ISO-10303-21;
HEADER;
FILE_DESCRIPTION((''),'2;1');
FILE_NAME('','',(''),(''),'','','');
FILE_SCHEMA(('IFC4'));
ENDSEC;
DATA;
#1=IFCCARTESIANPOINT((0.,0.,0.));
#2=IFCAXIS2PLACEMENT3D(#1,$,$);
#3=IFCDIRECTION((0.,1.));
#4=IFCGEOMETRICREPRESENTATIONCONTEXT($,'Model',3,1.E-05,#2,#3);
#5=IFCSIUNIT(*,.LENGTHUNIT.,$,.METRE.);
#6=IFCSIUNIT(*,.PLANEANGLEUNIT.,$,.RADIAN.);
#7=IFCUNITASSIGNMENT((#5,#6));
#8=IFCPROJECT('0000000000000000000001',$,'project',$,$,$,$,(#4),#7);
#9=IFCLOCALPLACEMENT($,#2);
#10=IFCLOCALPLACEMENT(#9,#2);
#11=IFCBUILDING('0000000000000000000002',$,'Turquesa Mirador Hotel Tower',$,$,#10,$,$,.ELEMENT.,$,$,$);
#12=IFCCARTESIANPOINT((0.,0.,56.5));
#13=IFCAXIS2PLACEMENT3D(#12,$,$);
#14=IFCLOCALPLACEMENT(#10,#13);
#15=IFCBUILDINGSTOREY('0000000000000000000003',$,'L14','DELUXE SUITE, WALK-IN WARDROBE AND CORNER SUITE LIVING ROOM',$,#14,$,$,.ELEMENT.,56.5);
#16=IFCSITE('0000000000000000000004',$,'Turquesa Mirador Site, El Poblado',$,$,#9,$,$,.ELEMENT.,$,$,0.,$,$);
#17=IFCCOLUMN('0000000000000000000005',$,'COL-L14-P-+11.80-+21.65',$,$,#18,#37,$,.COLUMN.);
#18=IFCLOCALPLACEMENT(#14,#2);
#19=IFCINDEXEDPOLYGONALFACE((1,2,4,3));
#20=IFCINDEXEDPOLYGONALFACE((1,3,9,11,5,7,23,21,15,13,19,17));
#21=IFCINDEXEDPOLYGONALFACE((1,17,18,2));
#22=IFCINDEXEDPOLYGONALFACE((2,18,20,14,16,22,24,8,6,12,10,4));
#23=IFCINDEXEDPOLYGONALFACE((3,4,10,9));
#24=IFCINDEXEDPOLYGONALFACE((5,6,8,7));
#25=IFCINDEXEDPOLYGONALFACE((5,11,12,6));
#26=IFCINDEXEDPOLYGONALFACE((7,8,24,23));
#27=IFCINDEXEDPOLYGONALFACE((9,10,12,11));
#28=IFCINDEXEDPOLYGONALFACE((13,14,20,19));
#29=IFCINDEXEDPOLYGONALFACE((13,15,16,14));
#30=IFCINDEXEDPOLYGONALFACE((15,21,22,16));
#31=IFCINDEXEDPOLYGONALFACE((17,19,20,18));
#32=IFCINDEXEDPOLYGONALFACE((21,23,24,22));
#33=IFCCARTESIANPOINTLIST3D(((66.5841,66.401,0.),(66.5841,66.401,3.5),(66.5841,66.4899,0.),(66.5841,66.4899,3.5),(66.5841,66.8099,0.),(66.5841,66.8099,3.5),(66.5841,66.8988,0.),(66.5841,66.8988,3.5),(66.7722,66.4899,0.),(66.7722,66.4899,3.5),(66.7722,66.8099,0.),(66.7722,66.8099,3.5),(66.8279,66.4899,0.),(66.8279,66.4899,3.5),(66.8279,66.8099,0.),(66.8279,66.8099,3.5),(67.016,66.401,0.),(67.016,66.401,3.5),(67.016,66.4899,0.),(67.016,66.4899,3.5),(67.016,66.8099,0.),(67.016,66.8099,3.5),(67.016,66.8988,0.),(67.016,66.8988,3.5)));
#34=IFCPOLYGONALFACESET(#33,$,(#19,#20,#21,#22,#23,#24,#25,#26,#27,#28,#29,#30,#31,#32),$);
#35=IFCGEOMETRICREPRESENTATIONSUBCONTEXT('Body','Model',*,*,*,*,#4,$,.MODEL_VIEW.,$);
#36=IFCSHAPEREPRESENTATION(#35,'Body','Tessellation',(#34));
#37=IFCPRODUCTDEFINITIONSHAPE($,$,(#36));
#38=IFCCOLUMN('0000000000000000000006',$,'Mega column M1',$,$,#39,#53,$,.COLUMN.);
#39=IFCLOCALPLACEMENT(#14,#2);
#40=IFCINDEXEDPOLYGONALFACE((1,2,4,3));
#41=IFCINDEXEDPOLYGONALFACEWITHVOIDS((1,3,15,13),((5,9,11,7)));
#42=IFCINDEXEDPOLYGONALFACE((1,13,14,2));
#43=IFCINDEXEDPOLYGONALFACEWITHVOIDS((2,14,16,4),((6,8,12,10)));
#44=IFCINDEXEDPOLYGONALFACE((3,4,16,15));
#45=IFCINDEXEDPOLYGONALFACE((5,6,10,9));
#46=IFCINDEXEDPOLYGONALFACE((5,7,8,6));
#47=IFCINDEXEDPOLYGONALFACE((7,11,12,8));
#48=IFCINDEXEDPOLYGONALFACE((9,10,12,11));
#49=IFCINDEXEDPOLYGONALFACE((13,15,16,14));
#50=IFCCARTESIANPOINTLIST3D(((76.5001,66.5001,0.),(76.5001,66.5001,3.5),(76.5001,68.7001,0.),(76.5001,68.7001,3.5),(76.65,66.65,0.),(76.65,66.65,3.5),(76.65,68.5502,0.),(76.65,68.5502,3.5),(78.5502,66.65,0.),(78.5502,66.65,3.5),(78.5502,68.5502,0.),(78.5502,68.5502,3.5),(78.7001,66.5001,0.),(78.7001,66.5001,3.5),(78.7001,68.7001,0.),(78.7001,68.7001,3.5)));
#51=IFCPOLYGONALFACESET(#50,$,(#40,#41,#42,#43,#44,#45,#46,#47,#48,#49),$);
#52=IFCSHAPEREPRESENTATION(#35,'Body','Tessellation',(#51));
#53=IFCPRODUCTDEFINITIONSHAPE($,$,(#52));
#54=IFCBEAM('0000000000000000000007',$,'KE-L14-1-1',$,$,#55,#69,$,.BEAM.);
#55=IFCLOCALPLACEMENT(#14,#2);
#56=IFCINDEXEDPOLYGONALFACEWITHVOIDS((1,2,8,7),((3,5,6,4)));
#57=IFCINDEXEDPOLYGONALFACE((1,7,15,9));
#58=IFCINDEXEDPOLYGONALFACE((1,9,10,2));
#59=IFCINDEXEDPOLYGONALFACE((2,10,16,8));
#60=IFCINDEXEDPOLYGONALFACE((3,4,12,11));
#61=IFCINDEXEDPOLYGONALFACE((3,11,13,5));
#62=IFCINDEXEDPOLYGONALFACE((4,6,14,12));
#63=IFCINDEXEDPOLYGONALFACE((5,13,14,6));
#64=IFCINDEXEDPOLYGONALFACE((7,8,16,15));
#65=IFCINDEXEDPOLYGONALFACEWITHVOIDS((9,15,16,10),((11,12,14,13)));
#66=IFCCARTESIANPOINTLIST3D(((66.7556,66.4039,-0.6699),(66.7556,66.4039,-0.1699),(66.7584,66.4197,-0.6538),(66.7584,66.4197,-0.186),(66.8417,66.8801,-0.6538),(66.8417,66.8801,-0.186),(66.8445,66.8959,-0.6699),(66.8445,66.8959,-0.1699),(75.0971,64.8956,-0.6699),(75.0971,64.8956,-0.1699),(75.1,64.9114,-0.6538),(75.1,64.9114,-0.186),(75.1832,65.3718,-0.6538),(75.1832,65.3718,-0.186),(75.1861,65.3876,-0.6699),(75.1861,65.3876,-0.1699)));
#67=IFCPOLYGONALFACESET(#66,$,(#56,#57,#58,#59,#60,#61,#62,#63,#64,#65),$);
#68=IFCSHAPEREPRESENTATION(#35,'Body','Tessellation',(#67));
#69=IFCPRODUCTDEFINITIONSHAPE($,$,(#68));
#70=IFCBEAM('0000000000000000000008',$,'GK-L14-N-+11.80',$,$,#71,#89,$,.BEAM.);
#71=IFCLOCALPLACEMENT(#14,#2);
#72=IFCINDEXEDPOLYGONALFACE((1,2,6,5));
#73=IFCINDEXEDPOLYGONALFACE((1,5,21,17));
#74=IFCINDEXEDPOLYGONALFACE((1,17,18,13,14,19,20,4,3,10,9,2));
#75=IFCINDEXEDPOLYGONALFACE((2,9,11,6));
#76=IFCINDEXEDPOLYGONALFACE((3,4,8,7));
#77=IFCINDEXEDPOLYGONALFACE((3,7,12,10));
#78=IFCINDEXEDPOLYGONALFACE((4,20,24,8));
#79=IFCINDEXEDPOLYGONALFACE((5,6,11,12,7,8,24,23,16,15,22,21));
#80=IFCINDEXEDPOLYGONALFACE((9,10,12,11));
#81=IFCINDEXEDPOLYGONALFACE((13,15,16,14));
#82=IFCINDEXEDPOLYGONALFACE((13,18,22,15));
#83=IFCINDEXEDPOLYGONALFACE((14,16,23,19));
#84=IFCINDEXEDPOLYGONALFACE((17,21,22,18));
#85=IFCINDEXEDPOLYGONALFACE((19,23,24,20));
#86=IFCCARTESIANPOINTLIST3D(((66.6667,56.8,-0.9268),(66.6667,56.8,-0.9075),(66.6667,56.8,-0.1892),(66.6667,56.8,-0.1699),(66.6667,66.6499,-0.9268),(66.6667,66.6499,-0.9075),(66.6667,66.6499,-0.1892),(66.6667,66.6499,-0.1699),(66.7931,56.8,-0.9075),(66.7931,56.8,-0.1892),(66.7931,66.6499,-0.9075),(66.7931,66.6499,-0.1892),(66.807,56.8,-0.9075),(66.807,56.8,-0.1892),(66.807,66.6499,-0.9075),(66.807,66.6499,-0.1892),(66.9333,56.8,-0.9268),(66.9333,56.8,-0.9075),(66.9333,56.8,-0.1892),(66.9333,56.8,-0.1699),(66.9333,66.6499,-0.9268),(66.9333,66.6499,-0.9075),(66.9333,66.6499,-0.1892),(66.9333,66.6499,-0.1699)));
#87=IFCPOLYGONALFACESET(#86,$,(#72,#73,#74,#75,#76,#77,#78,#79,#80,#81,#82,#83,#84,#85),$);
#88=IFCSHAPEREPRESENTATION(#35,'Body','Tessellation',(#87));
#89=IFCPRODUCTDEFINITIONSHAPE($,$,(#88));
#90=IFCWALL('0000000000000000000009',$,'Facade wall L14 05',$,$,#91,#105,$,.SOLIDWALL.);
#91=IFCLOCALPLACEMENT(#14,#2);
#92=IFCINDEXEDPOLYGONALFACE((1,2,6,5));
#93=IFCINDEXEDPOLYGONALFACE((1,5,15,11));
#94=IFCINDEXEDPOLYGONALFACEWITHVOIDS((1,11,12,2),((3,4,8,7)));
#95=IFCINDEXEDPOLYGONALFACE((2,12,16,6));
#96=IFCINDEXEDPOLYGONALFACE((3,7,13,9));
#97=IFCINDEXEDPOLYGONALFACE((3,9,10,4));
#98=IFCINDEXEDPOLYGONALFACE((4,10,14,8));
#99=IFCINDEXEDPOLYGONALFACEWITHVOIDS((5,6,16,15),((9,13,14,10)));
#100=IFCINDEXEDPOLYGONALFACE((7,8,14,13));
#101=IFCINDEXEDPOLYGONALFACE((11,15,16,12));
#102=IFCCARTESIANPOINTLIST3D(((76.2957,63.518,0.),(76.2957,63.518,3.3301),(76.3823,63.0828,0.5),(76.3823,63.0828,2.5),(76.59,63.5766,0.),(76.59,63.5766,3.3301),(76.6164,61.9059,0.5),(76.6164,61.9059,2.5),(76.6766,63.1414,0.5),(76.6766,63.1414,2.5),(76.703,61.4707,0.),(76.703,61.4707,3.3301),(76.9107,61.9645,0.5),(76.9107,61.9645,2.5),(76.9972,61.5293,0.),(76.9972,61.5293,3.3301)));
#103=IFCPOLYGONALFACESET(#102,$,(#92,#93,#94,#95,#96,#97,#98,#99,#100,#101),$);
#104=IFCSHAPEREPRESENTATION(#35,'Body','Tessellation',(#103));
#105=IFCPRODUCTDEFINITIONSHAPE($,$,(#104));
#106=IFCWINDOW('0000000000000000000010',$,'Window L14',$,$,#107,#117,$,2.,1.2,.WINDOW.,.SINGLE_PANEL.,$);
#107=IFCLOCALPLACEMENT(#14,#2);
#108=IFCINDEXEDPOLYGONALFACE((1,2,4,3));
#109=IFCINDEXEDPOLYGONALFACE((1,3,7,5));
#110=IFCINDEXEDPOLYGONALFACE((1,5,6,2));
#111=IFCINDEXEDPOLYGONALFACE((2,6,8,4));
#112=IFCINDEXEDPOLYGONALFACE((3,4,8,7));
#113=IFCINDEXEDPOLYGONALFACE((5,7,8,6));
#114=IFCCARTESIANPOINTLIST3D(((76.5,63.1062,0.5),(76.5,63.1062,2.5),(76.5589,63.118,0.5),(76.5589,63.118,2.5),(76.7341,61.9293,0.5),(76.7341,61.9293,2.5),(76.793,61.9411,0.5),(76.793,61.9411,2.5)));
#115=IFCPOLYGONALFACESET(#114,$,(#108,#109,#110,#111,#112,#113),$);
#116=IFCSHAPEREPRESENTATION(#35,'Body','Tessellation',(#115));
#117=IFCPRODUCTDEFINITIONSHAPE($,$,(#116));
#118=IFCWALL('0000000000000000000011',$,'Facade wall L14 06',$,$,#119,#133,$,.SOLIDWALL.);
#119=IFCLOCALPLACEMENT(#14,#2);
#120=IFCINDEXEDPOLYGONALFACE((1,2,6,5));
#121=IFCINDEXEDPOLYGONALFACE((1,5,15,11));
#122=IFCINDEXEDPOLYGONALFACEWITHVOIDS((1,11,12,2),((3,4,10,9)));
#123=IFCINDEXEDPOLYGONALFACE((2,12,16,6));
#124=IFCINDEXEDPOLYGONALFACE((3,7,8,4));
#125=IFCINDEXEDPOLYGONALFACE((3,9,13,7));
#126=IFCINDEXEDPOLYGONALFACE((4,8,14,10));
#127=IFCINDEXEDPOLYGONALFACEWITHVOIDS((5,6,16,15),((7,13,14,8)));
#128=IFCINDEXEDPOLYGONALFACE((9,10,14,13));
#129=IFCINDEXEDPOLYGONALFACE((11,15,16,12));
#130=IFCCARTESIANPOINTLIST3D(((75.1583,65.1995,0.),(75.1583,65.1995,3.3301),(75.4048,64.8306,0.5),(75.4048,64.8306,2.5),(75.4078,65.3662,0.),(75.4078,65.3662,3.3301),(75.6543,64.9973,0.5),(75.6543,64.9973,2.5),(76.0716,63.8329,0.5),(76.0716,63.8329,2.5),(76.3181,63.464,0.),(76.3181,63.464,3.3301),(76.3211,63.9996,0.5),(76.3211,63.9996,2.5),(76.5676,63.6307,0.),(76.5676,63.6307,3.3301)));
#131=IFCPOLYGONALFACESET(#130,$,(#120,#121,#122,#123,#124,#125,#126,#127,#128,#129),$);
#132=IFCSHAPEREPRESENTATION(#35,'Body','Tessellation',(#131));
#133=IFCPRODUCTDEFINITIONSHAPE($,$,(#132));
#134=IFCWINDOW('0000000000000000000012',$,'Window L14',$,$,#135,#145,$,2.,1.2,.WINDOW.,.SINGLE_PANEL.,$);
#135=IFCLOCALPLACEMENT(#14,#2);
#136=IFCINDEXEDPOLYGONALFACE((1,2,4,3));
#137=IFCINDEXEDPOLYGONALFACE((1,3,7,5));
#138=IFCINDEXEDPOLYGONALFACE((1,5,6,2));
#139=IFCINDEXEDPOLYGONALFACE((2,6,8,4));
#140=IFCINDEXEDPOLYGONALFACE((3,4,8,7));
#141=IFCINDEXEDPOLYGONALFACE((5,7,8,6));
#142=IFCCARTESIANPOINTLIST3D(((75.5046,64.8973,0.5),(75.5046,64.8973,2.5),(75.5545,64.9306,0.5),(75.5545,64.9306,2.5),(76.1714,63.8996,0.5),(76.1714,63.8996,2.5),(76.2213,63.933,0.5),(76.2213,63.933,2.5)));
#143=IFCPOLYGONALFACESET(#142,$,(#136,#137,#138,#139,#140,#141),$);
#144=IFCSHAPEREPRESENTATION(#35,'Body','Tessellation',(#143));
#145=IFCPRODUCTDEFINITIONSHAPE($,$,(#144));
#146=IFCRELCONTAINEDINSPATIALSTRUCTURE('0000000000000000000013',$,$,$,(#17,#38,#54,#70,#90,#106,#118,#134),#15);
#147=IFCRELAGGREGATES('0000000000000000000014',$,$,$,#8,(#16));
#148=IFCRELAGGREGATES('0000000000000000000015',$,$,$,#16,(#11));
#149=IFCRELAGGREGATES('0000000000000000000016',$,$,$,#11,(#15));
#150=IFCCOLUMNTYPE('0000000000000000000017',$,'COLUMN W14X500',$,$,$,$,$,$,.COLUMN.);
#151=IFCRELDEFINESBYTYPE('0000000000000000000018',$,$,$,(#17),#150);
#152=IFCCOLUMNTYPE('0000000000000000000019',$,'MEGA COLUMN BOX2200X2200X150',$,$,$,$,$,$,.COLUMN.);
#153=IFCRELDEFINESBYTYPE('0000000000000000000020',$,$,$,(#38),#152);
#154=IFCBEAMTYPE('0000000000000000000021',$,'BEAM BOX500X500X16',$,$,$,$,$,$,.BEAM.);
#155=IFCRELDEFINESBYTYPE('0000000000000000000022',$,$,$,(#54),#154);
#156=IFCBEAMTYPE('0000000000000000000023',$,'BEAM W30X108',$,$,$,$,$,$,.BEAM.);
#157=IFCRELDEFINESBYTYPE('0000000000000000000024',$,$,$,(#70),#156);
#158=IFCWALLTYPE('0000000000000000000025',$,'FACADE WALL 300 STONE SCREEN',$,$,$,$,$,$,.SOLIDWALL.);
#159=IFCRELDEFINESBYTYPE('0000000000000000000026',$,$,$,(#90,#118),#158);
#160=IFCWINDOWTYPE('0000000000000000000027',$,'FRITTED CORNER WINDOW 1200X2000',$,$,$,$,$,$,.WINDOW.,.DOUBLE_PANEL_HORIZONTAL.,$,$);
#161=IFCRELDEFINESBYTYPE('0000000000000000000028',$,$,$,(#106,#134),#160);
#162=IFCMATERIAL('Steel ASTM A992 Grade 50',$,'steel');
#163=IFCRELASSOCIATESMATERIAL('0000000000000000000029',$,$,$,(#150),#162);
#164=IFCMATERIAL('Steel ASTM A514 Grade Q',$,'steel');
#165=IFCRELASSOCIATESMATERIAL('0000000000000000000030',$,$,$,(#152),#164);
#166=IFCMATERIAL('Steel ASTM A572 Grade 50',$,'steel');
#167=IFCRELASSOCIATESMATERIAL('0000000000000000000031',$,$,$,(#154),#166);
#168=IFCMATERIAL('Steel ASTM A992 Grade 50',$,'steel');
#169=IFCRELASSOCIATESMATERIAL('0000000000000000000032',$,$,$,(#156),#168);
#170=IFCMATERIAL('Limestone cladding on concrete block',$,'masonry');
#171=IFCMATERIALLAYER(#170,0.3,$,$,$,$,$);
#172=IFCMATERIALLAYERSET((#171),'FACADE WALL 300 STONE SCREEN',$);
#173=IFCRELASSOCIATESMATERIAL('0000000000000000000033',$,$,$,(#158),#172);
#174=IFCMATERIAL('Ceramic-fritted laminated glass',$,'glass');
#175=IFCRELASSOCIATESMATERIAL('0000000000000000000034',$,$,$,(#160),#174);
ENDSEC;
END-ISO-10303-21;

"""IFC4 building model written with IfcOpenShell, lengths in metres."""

from ifc_helpers import new_model, si_unit, direction, frame, frame_2d, origin, origin_2d, place, context, subcontext, project, spatial, rectangle, hollow_rectangle, i_section, extrude, material, layer, layer_set, material_profile, profile_set, type_object, element, fill, save


model = new_model("IFC4")

# Units and contexts
model_context = context("Model", 3, precision=1e-05, world=origin(), true_north=direction((0.0, 1.0)))
body_context = subcontext(model_context, "Body", "Model", "MODEL_VIEW")
ifc_project = project(units=[si_unit("LENGTHUNIT", "METRE"), si_unit("PLANEANGLEUNIT", "RADIAN")], contexts=[model_context])

# Site, building, storey
site_placement = place(None, origin())
site = spatial("IfcSite", under=ifc_project, at=site_placement, Name="Turquesa Mirador Site, El Poblado", CompositionType="ELEMENT", RefElevation=0.0)
building_placement = place(site_placement, origin())
building = spatial("IfcBuilding", under=site, at=building_placement, Name="Turquesa Mirador Hotel Tower", CompositionType="ELEMENT")
storey_placement = place(building_placement, frame((0.0, 0.0, 56.5)))
storey = spatial("IfcBuildingStorey", under=building, at=storey_placement, Name="L14", Description="DELUXE SUITE, WALK-IN WARDROBE AND CORNER SUITE LIVING ROOM", CompositionType="ELEMENT", Elevation=56.5)

# Columns
ifc_material_1 = material(Name="Steel ASTM A992 Grade 50", Category="steel")
ifc_material_profile_1 = material_profile(ifc_material_1, i_section(OverallWidth=0.4319, OverallDepth=0.4978, WebThickness=0.0557, FlangeThickness=0.0889, at=origin_2d()), Name="W14X500")
ifc_profile_set_1 = profile_set([ifc_material_profile_1], Name="Steel ASTM A992 Grade 50")
column_type_1 = type_object("IfcColumnType", Name="COLUMN W14X500", PredefinedType="COLUMN", material=ifc_profile_set_1)
column_1_placement = place(storey_placement, frame((66.8, 66.6499, 0.0), z_axis=(0.0, 0.0, 1.0), x_axis=(1.0, 0.0, 0.0)))
element("IfcColumn", 1, at=column_1_placement, inside=storey, type_object=column_type_1, Name="COL-L14-P-+11.80-+21.65", PredefinedType="COLUMN", context=body_context, shape_type="SweptSolid", body=[
    extrude(i_section(OverallWidth=0.4319, OverallDepth=0.4978, WebThickness=0.0557, FlangeThickness=0.0889, at=origin_2d()), origin(), (0.0, 0.0, 1.0), 3.5),
])
ifc_material_2 = material(Name="Steel ASTM A514 Grade Q", Category="steel")
ifc_material_profile_2 = material_profile(ifc_material_2, hollow_rectangle(XDim=2.2, YDim=2.2, WallThickness=0.1499, at=origin_2d()), Name="BOX2200X2200X150")
ifc_profile_set_2 = profile_set([ifc_material_profile_2], Name="Steel ASTM A514 Grade Q")
column_type_2 = type_object("IfcColumnType", Name="MEGA COLUMN BOX2200X2200X150", PredefinedType="COLUMN", material=ifc_profile_set_2)
column_2_placement = place(storey_placement, frame((77.6001, 67.6001, 0.0), z_axis=(0.0, 0.0, 1.0), x_axis=(1.0, 0.0, 0.0)))
element("IfcColumn", 2, at=column_2_placement, inside=storey, type_object=column_type_2, Name="Mega column M1", PredefinedType="COLUMN", context=body_context, shape_type="SweptSolid", body=[
    extrude(hollow_rectangle(XDim=2.2, YDim=2.2, WallThickness=0.1499, at=origin_2d()), origin(), (0.0, 0.0, 1.0), 3.5),
])

# Beams
ifc_material_3 = material(Name="Steel ASTM A572 Grade 50", Category="steel")
ifc_material_profile_3 = material_profile(ifc_material_3, hollow_rectangle(XDim=0.5, YDim=0.5, WallThickness=0.0161, at=origin_2d()), Name="BOX500X500X16")
ifc_profile_set_3 = profile_set([ifc_material_profile_3], Name="Steel ASTM A572 Grade 50")
beam_type_1 = type_object("IfcBeamType", Name="BEAM BOX500X500X16", PredefinedType="BEAM", material=ifc_profile_set_3)
beam_1_placement = place(storey_placement, frame((75.1416, 65.1416, -0.4199), z_axis=(-0.984043, 0.177932, 0.0), x_axis=(-0.177932, -0.984043, 0.0)))
element("IfcBeam", 3, at=beam_1_placement, inside=storey, type_object=beam_type_1, Name="KE-L14-1-1", PredefinedType="BEAM", context=body_context, shape_type="SweptSolid", body=[
    extrude(hollow_rectangle(XDim=0.5, YDim=0.5, WallThickness=0.0161, at=origin_2d()), origin(), (0.0, 0.0, 1.0), 8.4768),
])
ifc_material_4 = material(Name="Steel ASTM A992 Grade 50", Category="steel")
ifc_material_profile_4 = material_profile(ifc_material_4, i_section(OverallWidth=0.2666, OverallDepth=0.7568, WebThickness=0.0139, FlangeThickness=0.0193, at=origin_2d()), Name="W30X108")
ifc_profile_set_4 = profile_set([ifc_material_profile_4], Name="Steel ASTM A992 Grade 50")
beam_type_2 = type_object("IfcBeamType", Name="BEAM W30X108", PredefinedType="BEAM", material=ifc_profile_set_4)
beam_2_placement = place(storey_placement, frame((66.8, 66.6499, -0.5483), z_axis=(0.0, -1.0, 0.0), x_axis=(1.0, 0.0, 0.0)))
element("IfcBeam", 4, at=beam_2_placement, inside=storey, type_object=beam_type_2, Name="GK-L14-N-+11.80", PredefinedType="BEAM", context=body_context, shape_type="SweptSolid", body=[
    extrude(i_section(OverallWidth=0.2666, OverallDepth=0.7568, WebThickness=0.0139, FlangeThickness=0.0193, at=origin_2d()), origin(), (0.0, 0.0, 1.0), 9.8499),
])

# Walls, openings, windows
ifc_material_5 = material(Name="Limestone cladding on concrete block", Category="masonry")
ifc_layer = layer(ifc_material_5, 0.3)
ifc_layer_set = layer_set([ifc_layer], Name="FACADE WALL 300 STONE SCREEN")
wall_type = type_object("IfcWallType", Name="FACADE WALL 300 STONE SCREEN", PredefinedType="SOLIDWALL", material=ifc_layer_set)
wall_1_placement = place(storey_placement, frame((76.8501, 61.5, 0.0), z_axis=(0.0, 0.0, 1.0), x_axis=(-0.195081, 0.980787, 0.0)))
wall_1 = element("IfcWall", 5, at=wall_1_placement, inside=storey, type_object=wall_type, Name="Facade wall L14 05", PredefinedType="SOLIDWALL", context=body_context, shape_type="SweptSolid", body=[
    extrude(rectangle(XDim=2.0874, YDim=0.3, at=frame_2d((1.0437, 0.0))), origin(), (0.0, 0.0, 1.0), 3.3301),
])
opening_1_placement = place(wall_1_placement, frame((0.4436, 0.0, 0.5)))
opening_1 = element("IfcOpeningElement", 6, at=opening_1_placement, cuts=wall_1, PredefinedType="OPENING", context=body_context, shape_type="SweptSolid", body=[
    extrude(rectangle(XDim=1.2, YDim=2.0, at=frame_2d((0.6001, 1.0))), frame((0.0, 0.1599, 0.0), z_axis=(0.0, -1.0, 0.0), x_axis=(1.0, 0.0, 0.0)), (0.0, 0.0, 1.0), 0.3201),
])
ifc_material_6 = material(Name="Ceramic-fritted laminated glass", Category="glass")
window_type_1 = type_object("IfcWindowType", Name="FRITTED CORNER WINDOW 1200X2000", PartitioningType="DOUBLE_PANEL_HORIZONTAL", PredefinedType="WINDOW", material=ifc_material_6)
window_1_placement = place(opening_1_placement, origin())
window_1 = element("IfcWindow", 7, at=window_1_placement, inside=storey, type_object=window_type_1, Name="Window L14", OverallHeight=2.0, OverallWidth=1.2, PartitioningType="SINGLE_PANEL", PredefinedType="WINDOW", context=body_context, shape_type="SweptSolid", body=[
    extrude(rectangle(XDim=1.2, YDim=2.0, at=frame_2d((0.6001, 1.0))), frame((0.0, 0.03, 0.0), z_axis=(0.0, -1.0, 0.0), x_axis=(1.0, 0.0, 0.0)), (0.0, 0.0, 1.0), 0.0601),
])
fill(opening_1, window_1)
wall_2_placement = place(storey_placement, frame((76.4429, 63.5474, 0.0), z_axis=(0.0, 0.0, 1.0), x_axis=(-0.555644, 0.83142, 0.0)))
wall_2 = element("IfcWall", 8, at=wall_2_placement, inside=storey, type_object=wall_type, Name="Facade wall L14 06", PredefinedType="SOLIDWALL", context=body_context, shape_type="SweptSolid", body=[
    extrude(rectangle(XDim=2.0874, YDim=0.3, at=frame_2d((1.0437, 0.0))), origin(), (0.0, 0.0, 1.0), 3.3301),
])
opening_2_placement = place(wall_2_placement, frame((0.4436, 0.0, 0.5)))
opening_2 = element("IfcOpeningElement", 9, at=opening_2_placement, cuts=wall_2, PredefinedType="OPENING", context=body_context, shape_type="SweptSolid", body=[
    extrude(rectangle(XDim=1.2, YDim=2.0, at=frame_2d((0.6001, 1.0))), frame((0.0, 0.1599, 0.0), z_axis=(0.0, -1.0, 0.0), x_axis=(1.0, 0.0, 0.0)), (0.0, 0.0, 1.0), 0.3201),
])
window_2_placement = place(opening_2_placement, origin())
window_2 = element("IfcWindow", 10, at=window_2_placement, inside=storey, type_object=window_type_1, Name="Window L14", OverallHeight=2.0, OverallWidth=1.2, PartitioningType="SINGLE_PANEL", PredefinedType="WINDOW", context=body_context, shape_type="SweptSolid", body=[
    extrude(rectangle(XDim=1.2, YDim=2.0, at=frame_2d((0.6001, 1.0))), frame((0.0, 0.03, 0.0), z_axis=(0.0, -1.0, 0.0), x_axis=(1.0, 0.0, 0.0)), (0.0, 0.0, 1.0), 0.0601),
])
fill(opening_2, window_2)

save(model, "model.ifc")
